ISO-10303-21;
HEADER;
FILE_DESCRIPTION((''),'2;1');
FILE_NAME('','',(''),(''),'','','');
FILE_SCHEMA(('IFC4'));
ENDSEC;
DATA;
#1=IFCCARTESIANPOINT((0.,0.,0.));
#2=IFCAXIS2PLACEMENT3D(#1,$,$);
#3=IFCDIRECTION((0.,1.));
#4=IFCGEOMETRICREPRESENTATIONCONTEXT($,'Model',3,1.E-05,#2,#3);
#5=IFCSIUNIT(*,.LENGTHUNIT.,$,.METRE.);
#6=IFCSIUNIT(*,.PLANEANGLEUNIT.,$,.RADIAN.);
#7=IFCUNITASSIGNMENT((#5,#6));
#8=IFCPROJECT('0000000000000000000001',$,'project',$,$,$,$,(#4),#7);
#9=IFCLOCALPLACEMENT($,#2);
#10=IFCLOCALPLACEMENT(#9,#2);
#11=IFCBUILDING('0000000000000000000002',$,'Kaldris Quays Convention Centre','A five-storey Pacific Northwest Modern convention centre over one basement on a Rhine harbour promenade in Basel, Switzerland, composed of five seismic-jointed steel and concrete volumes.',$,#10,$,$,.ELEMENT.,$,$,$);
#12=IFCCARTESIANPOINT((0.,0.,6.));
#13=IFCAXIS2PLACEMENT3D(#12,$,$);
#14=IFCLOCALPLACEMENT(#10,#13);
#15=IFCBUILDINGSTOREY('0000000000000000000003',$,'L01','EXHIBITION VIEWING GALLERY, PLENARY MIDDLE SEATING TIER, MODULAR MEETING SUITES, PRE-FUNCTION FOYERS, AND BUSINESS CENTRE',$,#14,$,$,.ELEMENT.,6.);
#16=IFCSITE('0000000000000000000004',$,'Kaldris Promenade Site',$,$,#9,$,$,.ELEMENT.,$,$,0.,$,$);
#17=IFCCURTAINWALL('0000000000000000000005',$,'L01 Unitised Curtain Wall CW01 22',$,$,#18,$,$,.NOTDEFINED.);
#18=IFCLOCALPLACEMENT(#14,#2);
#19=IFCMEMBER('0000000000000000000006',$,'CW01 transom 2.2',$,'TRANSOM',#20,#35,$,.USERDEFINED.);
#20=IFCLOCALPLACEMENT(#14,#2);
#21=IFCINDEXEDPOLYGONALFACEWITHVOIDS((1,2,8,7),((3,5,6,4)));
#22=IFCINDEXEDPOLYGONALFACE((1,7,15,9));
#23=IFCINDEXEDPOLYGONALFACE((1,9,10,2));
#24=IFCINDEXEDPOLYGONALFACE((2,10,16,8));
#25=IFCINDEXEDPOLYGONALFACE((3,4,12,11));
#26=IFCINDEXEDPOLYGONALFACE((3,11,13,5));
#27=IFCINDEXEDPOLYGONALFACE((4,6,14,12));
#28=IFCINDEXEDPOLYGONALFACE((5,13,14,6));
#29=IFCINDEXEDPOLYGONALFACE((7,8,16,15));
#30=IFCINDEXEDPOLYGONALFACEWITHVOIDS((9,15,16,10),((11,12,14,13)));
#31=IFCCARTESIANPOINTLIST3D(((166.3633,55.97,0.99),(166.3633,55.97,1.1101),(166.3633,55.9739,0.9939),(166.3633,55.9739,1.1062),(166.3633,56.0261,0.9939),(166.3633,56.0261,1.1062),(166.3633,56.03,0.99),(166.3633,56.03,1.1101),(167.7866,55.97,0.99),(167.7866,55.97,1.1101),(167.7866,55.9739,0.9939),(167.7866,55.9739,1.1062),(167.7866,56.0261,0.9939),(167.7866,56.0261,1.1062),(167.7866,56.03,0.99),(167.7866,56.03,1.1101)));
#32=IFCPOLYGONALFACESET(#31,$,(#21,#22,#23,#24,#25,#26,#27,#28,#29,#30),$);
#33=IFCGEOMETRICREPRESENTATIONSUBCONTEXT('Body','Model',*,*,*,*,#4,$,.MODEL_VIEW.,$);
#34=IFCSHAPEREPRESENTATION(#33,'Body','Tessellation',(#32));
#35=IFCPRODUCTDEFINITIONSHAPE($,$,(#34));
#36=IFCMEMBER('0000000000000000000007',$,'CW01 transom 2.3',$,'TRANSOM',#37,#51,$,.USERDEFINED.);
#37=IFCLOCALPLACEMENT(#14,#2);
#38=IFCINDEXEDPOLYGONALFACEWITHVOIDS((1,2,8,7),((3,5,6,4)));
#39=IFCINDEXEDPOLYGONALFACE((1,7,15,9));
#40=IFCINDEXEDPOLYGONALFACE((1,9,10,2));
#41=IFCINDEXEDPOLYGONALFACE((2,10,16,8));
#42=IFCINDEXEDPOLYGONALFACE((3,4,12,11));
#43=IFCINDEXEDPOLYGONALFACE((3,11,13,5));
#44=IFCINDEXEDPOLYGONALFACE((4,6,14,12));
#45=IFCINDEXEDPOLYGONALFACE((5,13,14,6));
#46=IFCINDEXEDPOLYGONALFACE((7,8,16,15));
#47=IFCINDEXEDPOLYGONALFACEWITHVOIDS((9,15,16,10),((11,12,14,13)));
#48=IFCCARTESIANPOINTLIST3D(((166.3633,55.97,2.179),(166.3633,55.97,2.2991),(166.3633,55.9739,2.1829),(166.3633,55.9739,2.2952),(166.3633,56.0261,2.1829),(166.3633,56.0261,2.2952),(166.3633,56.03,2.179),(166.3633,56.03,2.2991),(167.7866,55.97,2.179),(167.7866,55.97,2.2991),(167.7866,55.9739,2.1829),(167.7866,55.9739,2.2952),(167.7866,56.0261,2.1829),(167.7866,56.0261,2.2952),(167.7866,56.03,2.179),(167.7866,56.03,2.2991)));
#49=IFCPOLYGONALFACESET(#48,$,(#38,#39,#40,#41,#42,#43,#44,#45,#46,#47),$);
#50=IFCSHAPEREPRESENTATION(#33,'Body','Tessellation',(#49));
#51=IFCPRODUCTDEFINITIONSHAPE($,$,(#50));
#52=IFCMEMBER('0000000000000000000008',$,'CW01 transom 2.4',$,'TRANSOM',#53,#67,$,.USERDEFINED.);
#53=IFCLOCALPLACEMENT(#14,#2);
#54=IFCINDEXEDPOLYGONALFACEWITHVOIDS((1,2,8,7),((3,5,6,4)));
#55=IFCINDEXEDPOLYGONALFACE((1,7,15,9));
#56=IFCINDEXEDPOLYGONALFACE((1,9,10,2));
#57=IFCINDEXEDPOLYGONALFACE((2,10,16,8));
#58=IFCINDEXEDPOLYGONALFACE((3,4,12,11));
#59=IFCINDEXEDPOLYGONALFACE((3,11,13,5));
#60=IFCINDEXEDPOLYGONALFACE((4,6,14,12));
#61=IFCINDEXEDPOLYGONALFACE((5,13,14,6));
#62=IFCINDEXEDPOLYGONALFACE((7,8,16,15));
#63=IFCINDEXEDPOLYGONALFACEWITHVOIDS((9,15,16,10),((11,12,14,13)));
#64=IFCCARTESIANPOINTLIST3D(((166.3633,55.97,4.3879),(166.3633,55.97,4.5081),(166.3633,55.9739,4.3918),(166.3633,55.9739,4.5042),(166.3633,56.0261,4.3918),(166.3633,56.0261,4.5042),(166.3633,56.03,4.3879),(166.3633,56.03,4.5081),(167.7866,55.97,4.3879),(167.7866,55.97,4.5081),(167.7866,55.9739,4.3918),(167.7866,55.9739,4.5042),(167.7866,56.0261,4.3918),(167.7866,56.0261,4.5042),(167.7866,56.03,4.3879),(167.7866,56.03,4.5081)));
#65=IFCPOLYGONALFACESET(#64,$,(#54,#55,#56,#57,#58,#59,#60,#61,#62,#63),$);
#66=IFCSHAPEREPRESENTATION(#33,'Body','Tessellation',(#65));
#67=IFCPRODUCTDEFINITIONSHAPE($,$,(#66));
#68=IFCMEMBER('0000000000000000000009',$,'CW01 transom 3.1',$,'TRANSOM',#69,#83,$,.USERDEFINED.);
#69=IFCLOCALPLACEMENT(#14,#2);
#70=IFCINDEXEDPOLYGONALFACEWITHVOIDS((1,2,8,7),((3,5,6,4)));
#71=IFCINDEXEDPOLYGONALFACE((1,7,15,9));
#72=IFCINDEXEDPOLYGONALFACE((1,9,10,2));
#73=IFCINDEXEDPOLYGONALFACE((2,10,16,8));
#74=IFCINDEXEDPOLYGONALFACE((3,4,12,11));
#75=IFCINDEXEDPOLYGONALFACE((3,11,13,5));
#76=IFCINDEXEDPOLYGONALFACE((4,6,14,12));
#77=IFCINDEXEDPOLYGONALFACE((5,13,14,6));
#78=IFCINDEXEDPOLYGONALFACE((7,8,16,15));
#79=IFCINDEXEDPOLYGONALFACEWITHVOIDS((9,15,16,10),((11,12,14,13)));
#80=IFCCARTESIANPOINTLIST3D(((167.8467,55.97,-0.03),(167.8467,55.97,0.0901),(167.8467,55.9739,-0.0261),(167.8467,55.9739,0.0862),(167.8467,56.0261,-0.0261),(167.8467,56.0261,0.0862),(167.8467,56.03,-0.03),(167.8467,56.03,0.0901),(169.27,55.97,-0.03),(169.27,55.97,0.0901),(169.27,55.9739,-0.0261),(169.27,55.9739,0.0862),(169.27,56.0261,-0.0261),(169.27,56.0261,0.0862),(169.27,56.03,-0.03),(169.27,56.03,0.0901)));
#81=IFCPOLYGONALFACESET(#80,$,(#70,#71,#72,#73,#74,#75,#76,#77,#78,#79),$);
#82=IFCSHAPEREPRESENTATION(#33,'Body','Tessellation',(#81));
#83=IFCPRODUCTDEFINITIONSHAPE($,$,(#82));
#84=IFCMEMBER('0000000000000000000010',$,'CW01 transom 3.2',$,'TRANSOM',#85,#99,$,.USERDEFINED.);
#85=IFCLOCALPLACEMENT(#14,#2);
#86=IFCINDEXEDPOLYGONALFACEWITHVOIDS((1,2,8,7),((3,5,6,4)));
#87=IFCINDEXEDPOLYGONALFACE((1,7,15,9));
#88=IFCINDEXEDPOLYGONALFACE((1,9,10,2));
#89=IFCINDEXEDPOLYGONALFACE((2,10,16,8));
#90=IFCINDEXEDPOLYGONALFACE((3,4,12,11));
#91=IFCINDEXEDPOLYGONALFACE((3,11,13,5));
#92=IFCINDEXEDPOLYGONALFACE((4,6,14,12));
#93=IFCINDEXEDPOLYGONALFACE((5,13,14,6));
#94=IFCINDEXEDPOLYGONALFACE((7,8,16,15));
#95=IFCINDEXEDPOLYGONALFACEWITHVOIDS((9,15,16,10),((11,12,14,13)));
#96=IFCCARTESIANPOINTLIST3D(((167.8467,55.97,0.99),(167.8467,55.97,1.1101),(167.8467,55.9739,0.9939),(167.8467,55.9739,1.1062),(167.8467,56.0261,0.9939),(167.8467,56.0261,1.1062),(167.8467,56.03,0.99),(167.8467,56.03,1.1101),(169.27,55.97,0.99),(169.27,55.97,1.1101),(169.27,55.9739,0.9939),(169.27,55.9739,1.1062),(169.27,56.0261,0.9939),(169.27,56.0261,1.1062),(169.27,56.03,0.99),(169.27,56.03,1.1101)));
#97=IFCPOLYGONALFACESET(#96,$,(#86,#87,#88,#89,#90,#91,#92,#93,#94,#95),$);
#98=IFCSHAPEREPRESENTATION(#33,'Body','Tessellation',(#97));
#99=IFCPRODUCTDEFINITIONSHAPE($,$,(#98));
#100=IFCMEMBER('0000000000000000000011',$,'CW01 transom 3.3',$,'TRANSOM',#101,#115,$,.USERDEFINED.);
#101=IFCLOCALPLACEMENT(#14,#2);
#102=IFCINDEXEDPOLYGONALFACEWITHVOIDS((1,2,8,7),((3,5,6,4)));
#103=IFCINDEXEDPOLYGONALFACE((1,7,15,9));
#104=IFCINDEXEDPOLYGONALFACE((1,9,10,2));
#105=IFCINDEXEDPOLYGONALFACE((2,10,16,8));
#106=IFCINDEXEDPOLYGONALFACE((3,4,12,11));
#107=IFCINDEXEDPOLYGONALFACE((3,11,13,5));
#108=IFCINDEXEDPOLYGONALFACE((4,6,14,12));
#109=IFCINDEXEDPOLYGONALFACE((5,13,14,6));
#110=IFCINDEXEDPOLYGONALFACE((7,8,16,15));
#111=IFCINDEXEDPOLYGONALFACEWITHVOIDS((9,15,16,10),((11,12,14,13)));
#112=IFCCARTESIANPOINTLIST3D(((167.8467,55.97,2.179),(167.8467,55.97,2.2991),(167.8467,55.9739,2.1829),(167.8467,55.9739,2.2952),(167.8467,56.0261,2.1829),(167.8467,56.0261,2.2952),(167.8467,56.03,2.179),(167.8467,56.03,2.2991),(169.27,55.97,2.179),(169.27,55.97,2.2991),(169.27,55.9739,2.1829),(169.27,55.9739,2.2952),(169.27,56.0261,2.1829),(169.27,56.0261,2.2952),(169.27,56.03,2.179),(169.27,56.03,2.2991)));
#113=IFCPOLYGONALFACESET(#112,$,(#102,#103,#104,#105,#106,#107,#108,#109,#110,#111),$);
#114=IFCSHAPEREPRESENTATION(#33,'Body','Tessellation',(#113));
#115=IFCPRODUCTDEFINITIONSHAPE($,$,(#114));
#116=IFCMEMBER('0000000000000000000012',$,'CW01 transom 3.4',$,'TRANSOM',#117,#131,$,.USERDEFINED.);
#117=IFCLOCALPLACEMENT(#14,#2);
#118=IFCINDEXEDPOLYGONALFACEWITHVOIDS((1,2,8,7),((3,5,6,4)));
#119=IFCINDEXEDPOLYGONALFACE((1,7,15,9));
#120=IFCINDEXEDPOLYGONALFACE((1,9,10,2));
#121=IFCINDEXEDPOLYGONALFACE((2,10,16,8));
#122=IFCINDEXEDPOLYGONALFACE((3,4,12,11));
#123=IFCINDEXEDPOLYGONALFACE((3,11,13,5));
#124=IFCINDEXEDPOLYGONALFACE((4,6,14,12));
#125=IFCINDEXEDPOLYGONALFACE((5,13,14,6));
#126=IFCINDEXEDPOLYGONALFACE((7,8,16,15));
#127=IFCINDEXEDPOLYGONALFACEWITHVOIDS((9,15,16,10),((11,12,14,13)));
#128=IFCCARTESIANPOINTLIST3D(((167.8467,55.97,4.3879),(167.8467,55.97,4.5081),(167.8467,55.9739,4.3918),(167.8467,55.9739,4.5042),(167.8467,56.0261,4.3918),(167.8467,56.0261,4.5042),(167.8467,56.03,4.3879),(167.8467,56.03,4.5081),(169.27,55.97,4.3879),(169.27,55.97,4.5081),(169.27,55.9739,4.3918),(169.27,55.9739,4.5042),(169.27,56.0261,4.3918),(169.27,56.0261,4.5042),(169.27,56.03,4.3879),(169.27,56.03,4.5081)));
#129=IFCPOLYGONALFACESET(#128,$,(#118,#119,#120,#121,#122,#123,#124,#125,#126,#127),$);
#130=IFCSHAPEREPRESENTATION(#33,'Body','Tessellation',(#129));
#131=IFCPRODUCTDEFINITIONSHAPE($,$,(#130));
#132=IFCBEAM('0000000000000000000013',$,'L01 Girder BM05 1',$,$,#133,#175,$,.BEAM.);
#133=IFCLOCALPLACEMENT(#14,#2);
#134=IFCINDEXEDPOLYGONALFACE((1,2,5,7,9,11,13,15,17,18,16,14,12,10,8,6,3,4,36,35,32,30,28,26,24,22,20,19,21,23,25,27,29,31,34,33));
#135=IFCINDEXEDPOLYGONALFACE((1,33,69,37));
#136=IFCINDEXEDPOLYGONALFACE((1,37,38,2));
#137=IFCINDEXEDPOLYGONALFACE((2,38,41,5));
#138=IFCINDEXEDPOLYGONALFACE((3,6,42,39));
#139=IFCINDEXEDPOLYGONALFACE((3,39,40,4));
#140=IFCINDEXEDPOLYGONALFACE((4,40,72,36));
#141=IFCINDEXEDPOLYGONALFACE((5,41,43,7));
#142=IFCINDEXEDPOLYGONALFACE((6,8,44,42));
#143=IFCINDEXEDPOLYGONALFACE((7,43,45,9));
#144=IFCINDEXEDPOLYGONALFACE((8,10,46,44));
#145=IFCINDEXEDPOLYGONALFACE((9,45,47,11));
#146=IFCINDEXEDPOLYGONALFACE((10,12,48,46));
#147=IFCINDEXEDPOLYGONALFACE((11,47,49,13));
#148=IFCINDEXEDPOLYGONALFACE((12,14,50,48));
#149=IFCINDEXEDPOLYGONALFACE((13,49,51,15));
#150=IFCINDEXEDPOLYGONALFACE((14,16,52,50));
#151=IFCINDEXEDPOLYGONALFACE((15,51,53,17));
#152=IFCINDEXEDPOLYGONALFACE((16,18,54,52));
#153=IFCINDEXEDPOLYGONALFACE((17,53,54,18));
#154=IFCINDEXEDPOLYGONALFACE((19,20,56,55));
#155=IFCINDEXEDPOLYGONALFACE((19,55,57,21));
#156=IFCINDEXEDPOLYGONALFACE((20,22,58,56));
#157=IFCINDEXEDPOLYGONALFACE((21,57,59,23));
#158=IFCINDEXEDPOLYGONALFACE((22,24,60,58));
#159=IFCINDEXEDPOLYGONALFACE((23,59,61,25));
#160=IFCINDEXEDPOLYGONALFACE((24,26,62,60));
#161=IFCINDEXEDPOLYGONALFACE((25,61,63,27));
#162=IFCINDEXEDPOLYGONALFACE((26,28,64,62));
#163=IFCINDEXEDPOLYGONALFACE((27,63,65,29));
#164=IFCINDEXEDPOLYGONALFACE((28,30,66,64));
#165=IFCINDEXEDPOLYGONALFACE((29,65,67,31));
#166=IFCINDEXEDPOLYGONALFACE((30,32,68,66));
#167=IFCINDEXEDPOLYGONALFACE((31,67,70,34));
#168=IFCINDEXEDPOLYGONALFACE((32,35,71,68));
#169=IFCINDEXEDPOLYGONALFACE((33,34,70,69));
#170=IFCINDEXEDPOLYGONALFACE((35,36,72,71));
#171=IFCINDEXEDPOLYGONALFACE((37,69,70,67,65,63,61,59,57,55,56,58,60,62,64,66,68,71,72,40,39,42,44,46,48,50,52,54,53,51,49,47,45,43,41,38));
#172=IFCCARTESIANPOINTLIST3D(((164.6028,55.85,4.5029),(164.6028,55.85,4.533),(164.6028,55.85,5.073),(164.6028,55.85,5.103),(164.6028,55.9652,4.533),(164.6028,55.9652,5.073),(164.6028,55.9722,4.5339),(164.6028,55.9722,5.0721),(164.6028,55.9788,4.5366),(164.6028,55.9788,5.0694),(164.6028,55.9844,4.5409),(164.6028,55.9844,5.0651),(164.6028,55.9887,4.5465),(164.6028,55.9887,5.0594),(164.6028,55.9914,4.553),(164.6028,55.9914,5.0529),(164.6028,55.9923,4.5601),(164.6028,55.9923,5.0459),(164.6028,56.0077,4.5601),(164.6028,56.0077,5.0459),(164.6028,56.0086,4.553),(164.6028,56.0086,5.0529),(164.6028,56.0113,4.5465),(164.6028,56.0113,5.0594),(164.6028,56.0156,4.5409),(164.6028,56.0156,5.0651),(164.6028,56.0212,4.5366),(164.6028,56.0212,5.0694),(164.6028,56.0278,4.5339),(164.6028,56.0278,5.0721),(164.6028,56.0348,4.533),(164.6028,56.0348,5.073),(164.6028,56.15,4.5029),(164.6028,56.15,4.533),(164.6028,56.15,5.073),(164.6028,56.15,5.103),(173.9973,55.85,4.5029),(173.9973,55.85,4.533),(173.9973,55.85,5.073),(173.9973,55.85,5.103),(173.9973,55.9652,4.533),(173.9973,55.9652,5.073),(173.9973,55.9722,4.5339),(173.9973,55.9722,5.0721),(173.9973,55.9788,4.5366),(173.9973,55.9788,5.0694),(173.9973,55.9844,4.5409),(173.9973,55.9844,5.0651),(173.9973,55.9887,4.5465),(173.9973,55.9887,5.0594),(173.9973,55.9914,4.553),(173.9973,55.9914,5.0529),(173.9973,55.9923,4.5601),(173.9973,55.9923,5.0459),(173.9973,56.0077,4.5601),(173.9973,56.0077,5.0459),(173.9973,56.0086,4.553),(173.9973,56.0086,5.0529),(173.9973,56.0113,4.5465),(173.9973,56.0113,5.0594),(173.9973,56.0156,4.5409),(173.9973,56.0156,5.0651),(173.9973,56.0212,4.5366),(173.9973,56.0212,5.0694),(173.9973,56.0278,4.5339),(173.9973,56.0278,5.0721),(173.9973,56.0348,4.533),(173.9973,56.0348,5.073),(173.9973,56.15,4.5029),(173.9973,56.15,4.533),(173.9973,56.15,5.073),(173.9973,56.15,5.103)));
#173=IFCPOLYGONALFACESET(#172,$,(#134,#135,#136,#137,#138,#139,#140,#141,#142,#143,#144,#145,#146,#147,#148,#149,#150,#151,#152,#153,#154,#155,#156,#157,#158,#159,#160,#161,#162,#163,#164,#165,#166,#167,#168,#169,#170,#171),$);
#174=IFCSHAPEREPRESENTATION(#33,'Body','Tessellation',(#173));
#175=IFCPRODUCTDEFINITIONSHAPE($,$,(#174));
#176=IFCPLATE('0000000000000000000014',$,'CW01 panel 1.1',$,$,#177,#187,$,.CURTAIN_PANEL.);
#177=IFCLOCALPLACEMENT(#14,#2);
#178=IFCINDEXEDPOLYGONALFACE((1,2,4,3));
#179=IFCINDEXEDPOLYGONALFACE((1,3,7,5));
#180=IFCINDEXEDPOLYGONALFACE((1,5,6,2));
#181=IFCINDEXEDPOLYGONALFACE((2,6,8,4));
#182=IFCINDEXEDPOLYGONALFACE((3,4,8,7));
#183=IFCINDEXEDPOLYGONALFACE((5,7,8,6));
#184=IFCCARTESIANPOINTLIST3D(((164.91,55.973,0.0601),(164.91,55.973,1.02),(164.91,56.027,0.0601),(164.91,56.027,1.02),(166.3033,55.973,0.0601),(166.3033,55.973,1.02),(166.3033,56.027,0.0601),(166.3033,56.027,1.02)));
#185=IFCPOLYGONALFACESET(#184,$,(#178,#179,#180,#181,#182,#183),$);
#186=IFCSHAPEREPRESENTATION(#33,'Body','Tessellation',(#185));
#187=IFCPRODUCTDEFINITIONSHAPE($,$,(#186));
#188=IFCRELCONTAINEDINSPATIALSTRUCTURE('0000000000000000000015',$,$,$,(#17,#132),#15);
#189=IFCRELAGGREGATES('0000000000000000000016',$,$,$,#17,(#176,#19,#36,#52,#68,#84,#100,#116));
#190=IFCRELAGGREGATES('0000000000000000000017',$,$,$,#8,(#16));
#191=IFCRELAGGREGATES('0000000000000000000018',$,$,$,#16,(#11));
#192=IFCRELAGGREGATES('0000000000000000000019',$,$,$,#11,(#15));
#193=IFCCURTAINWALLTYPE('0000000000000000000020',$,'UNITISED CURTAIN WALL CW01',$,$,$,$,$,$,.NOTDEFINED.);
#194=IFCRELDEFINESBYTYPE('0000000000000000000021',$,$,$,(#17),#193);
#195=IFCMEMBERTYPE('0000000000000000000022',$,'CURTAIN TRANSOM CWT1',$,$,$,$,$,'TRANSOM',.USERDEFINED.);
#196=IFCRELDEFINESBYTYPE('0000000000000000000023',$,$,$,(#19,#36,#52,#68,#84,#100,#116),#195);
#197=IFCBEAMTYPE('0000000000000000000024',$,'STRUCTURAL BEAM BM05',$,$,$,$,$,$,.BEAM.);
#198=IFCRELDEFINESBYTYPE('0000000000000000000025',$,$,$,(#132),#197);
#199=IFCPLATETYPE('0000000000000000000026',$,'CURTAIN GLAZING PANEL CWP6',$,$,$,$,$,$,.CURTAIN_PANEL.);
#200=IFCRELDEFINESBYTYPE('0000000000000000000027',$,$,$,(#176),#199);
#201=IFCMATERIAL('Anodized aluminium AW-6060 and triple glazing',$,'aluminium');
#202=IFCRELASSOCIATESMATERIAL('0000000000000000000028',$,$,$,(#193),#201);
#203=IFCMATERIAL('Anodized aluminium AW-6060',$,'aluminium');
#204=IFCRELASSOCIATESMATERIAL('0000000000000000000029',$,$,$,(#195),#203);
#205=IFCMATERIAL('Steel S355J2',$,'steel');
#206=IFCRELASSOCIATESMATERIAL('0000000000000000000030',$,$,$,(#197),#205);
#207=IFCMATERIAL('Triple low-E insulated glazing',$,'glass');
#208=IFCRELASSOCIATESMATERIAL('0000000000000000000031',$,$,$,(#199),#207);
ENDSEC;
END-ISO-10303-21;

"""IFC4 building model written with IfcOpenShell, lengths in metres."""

from ifc_helpers import new_model, si_unit, direction, frame, origin, origin_2d, place, context, subcontext, project, spatial, rectangle, hollow_rectangle, i_section, extrude, material, material_profile, profile_set, type_object, element, aggregate, save


model = new_model("IFC4")

# Units and contexts
model_context = context("Model", 3, precision=1e-05, world=origin(), true_north=direction((0.0, 1.0)))
body_context = subcontext(model_context, "Body", "Model", "MODEL_VIEW")
ifc_project = project(units=[si_unit("LENGTHUNIT", "METRE"), si_unit("PLANEANGLEUNIT", "RADIAN")], contexts=[model_context])

# Site, building, storey
site_placement = place(None, origin())
site = spatial("IfcSite", under=ifc_project, at=site_placement, Name="Kaldris Promenade Site", CompositionType="ELEMENT", RefElevation=0.0)
building_placement = place(site_placement, origin())
building = spatial("IfcBuilding", under=site, at=building_placement, Name="Kaldris Quays Convention Centre", Description="A five-storey Pacific Northwest Modern convention centre over one basement on a Rhine harbour promenade in Basel, Switzerland, composed of five seismic-jointed steel and concrete volumes.", CompositionType="ELEMENT")
storey_placement = place(building_placement, frame((0.0, 0.0, 6.0)))
storey = spatial("IfcBuildingStorey", under=building, at=storey_placement, Name="L01", Description="EXHIBITION VIEWING GALLERY, PLENARY MIDDLE SEATING TIER, MODULAR MEETING SUITES, PRE-FUNCTION FOYERS, AND BUSINESS CENTRE", CompositionType="ELEMENT", Elevation=6.0)

# Shared definitions
ifc_material_1 = material(Name="Steel S355J2", Category="steel")

# Curtain wall, members
ifc_material_2 = material(Name="Anodized aluminium AW-6060 and triple glazing", Category="aluminium")
curtain_wall_type = type_object("IfcCurtainWallType", Name="UNITISED CURTAIN WALL CW01", PredefinedType="NOTDEFINED", material=ifc_material_2)
curtain_wall_placement = place(storey_placement, origin())
curtain_wall = element("IfcCurtainWall", 1, at=curtain_wall_placement, inside=storey, type_object=curtain_wall_type, Name="L01 Unitised Curtain Wall CW01 22", PredefinedType="NOTDEFINED")
ifc_material_3 = material(Name="Anodized aluminium AW-6060", Category="aluminium")
ifc_material_profile_1 = material_profile(ifc_material_3, hollow_rectangle(XDim=0.0601, YDim=0.1201, WallThickness=0.0039, at=origin_2d()), Name="RHS 120x60x4")
ifc_profile_set_1 = profile_set([ifc_material_profile_1], Name="Anodized aluminium AW-6060")
member_type_1 = type_object("IfcMemberType", Name="CURTAIN TRANSOM CWT1", ElementType="TRANSOM", PredefinedType="USERDEFINED", material=ifc_profile_set_1)
member_1_placement = place(storey_placement, frame((166.3633, 56.0, 1.05), z_axis=(1.0, 0.0, 0.0), x_axis=(0.0, 1.0, 0.0)))
member_1 = element("IfcMember", 2, at=member_1_placement, type_object=member_type_1, Name="CW01 transom 2.2", ObjectType="TRANSOM", PredefinedType="USERDEFINED", context=body_context, shape_type="SweptSolid", body=[
    extrude(hollow_rectangle(XDim=0.0601, YDim=0.1201, WallThickness=0.0039, at=origin_2d()), origin(), (0.0, 0.0, 1.0), 1.4233),
])
member_2_placement = place(storey_placement, frame((166.3633, 56.0, 2.239), z_axis=(1.0, 0.0, 0.0), x_axis=(0.0, 1.0, 0.0)))
member_2 = element("IfcMember", 3, at=member_2_placement, type_object=member_type_1, Name="CW01 transom 2.3", ObjectType="TRANSOM", PredefinedType="USERDEFINED", context=body_context, shape_type="SweptSolid", body=[
    extrude(hollow_rectangle(XDim=0.0601, YDim=0.1201, WallThickness=0.0039, at=origin_2d()), origin(), (0.0, 0.0, 1.0), 1.4233),
])
member_3_placement = place(storey_placement, frame((166.3633, 56.0, 4.448), z_axis=(1.0, 0.0, 0.0), x_axis=(0.0, 1.0, 0.0)))
member_3 = element("IfcMember", 4, at=member_3_placement, type_object=member_type_1, Name="CW01 transom 2.4", ObjectType="TRANSOM", PredefinedType="USERDEFINED", context=body_context, shape_type="SweptSolid", body=[
    extrude(hollow_rectangle(XDim=0.0601, YDim=0.1201, WallThickness=0.0039, at=origin_2d()), origin(), (0.0, 0.0, 1.0), 1.4233),
])
member_4_placement = place(storey_placement, frame((167.8467, 56.0, 0.03), z_axis=(1.0, 0.0, 0.0), x_axis=(0.0, 1.0, 0.0)))
member_4 = element("IfcMember", 5, at=member_4_placement, type_object=member_type_1, Name="CW01 transom 3.1", ObjectType="TRANSOM", PredefinedType="USERDEFINED", context=body_context, shape_type="SweptSolid", body=[
    extrude(hollow_rectangle(XDim=0.0601, YDim=0.1201, WallThickness=0.0039, at=origin_2d()), origin(), (0.0, 0.0, 1.0), 1.4233),
])
member_5_placement = place(storey_placement, frame((167.8467, 56.0, 1.05), z_axis=(1.0, 0.0, 0.0), x_axis=(0.0, 1.0, 0.0)))
member_5 = element("IfcMember", 6, at=member_5_placement, type_object=member_type_1, Name="CW01 transom 3.2", ObjectType="TRANSOM", PredefinedType="USERDEFINED", context=body_context, shape_type="SweptSolid", body=[
    extrude(hollow_rectangle(XDim=0.0601, YDim=0.1201, WallThickness=0.0039, at=origin_2d()), origin(), (0.0, 0.0, 1.0), 1.4233),
])
member_6_placement = place(storey_placement, frame((167.8467, 56.0, 2.239), z_axis=(1.0, 0.0, 0.0), x_axis=(0.0, 1.0, 0.0)))
member_6 = element("IfcMember", 7, at=member_6_placement, type_object=member_type_1, Name="CW01 transom 3.3", ObjectType="TRANSOM", PredefinedType="USERDEFINED", context=body_context, shape_type="SweptSolid", body=[
    extrude(hollow_rectangle(XDim=0.0601, YDim=0.1201, WallThickness=0.0039, at=origin_2d()), origin(), (0.0, 0.0, 1.0), 1.4233),
])
member_7_placement = place(storey_placement, frame((167.8467, 56.0, 4.448), z_axis=(1.0, 0.0, 0.0), x_axis=(0.0, 1.0, 0.0)))
member_7 = element("IfcMember", 8, at=member_7_placement, type_object=member_type_1, Name="CW01 transom 3.4", ObjectType="TRANSOM", PredefinedType="USERDEFINED", context=body_context, shape_type="SweptSolid", body=[
    extrude(hollow_rectangle(XDim=0.0601, YDim=0.1201, WallThickness=0.0039, at=origin_2d()), origin(), (0.0, 0.0, 1.0), 1.4233),
])

# Beam
ifc_material_profile_2 = material_profile(ifc_material_1, i_section(OverallWidth=0.3, OverallDepth=0.6001, WebThickness=0.0154, FlangeThickness=0.03, FilletRadius=0.0271, at=origin_2d()), Name="HEB 600")
ifc_profile_set_2 = profile_set([ifc_material_profile_2], Name="Steel S355J2")
beam_type = type_object("IfcBeamType", Name="STRUCTURAL BEAM BM05", PredefinedType="BEAM", material=ifc_profile_set_2)
beam_placement = place(storey_placement, frame((164.6028, 56.0, 4.803), z_axis=(1.0, 0.0, 0.0), x_axis=(0.0, 1.0, 0.0)))
element("IfcBeam", 9, at=beam_placement, inside=storey, type_object=beam_type, Name="L01 Girder BM05 1", PredefinedType="BEAM", context=body_context, shape_type="SweptSolid", body=[
    extrude(i_section(OverallWidth=0.3, OverallDepth=0.6001, WebThickness=0.0154, FlangeThickness=0.03, FilletRadius=0.0271, at=origin_2d()), origin(), (0.0, 0.0, 1.0), 9.3945),
])

# Plate
ifc_material_4 = material(Name="Triple low-E insulated glazing", Category="glass")
plate_type = type_object("IfcPlateType", Name="CURTAIN GLAZING PANEL CWP6", PredefinedType="CURTAIN_PANEL", material=ifc_material_4)
plate_1_placement = place(storey_placement, frame((165.6067, 56.0, 0.0601), z_axis=(0.0, 0.0, 1.0), x_axis=(1.0, 0.0, 0.0)))
plate_1 = element("IfcPlate", 10, at=plate_1_placement, type_object=plate_type, Name="CW01 panel 1.1", PredefinedType="CURTAIN_PANEL", context=body_context, shape_type="SweptSolid", body=[
    extrude(rectangle(XDim=1.3933, YDim=0.054, at=origin_2d()), origin(), (0.0, 0.0, 1.0), 0.96),
])
aggregate(curtain_wall, [plate_1, member_1, member_2, member_3, member_4, member_5, member_6, member_7])

save(model, "model.ifc")
